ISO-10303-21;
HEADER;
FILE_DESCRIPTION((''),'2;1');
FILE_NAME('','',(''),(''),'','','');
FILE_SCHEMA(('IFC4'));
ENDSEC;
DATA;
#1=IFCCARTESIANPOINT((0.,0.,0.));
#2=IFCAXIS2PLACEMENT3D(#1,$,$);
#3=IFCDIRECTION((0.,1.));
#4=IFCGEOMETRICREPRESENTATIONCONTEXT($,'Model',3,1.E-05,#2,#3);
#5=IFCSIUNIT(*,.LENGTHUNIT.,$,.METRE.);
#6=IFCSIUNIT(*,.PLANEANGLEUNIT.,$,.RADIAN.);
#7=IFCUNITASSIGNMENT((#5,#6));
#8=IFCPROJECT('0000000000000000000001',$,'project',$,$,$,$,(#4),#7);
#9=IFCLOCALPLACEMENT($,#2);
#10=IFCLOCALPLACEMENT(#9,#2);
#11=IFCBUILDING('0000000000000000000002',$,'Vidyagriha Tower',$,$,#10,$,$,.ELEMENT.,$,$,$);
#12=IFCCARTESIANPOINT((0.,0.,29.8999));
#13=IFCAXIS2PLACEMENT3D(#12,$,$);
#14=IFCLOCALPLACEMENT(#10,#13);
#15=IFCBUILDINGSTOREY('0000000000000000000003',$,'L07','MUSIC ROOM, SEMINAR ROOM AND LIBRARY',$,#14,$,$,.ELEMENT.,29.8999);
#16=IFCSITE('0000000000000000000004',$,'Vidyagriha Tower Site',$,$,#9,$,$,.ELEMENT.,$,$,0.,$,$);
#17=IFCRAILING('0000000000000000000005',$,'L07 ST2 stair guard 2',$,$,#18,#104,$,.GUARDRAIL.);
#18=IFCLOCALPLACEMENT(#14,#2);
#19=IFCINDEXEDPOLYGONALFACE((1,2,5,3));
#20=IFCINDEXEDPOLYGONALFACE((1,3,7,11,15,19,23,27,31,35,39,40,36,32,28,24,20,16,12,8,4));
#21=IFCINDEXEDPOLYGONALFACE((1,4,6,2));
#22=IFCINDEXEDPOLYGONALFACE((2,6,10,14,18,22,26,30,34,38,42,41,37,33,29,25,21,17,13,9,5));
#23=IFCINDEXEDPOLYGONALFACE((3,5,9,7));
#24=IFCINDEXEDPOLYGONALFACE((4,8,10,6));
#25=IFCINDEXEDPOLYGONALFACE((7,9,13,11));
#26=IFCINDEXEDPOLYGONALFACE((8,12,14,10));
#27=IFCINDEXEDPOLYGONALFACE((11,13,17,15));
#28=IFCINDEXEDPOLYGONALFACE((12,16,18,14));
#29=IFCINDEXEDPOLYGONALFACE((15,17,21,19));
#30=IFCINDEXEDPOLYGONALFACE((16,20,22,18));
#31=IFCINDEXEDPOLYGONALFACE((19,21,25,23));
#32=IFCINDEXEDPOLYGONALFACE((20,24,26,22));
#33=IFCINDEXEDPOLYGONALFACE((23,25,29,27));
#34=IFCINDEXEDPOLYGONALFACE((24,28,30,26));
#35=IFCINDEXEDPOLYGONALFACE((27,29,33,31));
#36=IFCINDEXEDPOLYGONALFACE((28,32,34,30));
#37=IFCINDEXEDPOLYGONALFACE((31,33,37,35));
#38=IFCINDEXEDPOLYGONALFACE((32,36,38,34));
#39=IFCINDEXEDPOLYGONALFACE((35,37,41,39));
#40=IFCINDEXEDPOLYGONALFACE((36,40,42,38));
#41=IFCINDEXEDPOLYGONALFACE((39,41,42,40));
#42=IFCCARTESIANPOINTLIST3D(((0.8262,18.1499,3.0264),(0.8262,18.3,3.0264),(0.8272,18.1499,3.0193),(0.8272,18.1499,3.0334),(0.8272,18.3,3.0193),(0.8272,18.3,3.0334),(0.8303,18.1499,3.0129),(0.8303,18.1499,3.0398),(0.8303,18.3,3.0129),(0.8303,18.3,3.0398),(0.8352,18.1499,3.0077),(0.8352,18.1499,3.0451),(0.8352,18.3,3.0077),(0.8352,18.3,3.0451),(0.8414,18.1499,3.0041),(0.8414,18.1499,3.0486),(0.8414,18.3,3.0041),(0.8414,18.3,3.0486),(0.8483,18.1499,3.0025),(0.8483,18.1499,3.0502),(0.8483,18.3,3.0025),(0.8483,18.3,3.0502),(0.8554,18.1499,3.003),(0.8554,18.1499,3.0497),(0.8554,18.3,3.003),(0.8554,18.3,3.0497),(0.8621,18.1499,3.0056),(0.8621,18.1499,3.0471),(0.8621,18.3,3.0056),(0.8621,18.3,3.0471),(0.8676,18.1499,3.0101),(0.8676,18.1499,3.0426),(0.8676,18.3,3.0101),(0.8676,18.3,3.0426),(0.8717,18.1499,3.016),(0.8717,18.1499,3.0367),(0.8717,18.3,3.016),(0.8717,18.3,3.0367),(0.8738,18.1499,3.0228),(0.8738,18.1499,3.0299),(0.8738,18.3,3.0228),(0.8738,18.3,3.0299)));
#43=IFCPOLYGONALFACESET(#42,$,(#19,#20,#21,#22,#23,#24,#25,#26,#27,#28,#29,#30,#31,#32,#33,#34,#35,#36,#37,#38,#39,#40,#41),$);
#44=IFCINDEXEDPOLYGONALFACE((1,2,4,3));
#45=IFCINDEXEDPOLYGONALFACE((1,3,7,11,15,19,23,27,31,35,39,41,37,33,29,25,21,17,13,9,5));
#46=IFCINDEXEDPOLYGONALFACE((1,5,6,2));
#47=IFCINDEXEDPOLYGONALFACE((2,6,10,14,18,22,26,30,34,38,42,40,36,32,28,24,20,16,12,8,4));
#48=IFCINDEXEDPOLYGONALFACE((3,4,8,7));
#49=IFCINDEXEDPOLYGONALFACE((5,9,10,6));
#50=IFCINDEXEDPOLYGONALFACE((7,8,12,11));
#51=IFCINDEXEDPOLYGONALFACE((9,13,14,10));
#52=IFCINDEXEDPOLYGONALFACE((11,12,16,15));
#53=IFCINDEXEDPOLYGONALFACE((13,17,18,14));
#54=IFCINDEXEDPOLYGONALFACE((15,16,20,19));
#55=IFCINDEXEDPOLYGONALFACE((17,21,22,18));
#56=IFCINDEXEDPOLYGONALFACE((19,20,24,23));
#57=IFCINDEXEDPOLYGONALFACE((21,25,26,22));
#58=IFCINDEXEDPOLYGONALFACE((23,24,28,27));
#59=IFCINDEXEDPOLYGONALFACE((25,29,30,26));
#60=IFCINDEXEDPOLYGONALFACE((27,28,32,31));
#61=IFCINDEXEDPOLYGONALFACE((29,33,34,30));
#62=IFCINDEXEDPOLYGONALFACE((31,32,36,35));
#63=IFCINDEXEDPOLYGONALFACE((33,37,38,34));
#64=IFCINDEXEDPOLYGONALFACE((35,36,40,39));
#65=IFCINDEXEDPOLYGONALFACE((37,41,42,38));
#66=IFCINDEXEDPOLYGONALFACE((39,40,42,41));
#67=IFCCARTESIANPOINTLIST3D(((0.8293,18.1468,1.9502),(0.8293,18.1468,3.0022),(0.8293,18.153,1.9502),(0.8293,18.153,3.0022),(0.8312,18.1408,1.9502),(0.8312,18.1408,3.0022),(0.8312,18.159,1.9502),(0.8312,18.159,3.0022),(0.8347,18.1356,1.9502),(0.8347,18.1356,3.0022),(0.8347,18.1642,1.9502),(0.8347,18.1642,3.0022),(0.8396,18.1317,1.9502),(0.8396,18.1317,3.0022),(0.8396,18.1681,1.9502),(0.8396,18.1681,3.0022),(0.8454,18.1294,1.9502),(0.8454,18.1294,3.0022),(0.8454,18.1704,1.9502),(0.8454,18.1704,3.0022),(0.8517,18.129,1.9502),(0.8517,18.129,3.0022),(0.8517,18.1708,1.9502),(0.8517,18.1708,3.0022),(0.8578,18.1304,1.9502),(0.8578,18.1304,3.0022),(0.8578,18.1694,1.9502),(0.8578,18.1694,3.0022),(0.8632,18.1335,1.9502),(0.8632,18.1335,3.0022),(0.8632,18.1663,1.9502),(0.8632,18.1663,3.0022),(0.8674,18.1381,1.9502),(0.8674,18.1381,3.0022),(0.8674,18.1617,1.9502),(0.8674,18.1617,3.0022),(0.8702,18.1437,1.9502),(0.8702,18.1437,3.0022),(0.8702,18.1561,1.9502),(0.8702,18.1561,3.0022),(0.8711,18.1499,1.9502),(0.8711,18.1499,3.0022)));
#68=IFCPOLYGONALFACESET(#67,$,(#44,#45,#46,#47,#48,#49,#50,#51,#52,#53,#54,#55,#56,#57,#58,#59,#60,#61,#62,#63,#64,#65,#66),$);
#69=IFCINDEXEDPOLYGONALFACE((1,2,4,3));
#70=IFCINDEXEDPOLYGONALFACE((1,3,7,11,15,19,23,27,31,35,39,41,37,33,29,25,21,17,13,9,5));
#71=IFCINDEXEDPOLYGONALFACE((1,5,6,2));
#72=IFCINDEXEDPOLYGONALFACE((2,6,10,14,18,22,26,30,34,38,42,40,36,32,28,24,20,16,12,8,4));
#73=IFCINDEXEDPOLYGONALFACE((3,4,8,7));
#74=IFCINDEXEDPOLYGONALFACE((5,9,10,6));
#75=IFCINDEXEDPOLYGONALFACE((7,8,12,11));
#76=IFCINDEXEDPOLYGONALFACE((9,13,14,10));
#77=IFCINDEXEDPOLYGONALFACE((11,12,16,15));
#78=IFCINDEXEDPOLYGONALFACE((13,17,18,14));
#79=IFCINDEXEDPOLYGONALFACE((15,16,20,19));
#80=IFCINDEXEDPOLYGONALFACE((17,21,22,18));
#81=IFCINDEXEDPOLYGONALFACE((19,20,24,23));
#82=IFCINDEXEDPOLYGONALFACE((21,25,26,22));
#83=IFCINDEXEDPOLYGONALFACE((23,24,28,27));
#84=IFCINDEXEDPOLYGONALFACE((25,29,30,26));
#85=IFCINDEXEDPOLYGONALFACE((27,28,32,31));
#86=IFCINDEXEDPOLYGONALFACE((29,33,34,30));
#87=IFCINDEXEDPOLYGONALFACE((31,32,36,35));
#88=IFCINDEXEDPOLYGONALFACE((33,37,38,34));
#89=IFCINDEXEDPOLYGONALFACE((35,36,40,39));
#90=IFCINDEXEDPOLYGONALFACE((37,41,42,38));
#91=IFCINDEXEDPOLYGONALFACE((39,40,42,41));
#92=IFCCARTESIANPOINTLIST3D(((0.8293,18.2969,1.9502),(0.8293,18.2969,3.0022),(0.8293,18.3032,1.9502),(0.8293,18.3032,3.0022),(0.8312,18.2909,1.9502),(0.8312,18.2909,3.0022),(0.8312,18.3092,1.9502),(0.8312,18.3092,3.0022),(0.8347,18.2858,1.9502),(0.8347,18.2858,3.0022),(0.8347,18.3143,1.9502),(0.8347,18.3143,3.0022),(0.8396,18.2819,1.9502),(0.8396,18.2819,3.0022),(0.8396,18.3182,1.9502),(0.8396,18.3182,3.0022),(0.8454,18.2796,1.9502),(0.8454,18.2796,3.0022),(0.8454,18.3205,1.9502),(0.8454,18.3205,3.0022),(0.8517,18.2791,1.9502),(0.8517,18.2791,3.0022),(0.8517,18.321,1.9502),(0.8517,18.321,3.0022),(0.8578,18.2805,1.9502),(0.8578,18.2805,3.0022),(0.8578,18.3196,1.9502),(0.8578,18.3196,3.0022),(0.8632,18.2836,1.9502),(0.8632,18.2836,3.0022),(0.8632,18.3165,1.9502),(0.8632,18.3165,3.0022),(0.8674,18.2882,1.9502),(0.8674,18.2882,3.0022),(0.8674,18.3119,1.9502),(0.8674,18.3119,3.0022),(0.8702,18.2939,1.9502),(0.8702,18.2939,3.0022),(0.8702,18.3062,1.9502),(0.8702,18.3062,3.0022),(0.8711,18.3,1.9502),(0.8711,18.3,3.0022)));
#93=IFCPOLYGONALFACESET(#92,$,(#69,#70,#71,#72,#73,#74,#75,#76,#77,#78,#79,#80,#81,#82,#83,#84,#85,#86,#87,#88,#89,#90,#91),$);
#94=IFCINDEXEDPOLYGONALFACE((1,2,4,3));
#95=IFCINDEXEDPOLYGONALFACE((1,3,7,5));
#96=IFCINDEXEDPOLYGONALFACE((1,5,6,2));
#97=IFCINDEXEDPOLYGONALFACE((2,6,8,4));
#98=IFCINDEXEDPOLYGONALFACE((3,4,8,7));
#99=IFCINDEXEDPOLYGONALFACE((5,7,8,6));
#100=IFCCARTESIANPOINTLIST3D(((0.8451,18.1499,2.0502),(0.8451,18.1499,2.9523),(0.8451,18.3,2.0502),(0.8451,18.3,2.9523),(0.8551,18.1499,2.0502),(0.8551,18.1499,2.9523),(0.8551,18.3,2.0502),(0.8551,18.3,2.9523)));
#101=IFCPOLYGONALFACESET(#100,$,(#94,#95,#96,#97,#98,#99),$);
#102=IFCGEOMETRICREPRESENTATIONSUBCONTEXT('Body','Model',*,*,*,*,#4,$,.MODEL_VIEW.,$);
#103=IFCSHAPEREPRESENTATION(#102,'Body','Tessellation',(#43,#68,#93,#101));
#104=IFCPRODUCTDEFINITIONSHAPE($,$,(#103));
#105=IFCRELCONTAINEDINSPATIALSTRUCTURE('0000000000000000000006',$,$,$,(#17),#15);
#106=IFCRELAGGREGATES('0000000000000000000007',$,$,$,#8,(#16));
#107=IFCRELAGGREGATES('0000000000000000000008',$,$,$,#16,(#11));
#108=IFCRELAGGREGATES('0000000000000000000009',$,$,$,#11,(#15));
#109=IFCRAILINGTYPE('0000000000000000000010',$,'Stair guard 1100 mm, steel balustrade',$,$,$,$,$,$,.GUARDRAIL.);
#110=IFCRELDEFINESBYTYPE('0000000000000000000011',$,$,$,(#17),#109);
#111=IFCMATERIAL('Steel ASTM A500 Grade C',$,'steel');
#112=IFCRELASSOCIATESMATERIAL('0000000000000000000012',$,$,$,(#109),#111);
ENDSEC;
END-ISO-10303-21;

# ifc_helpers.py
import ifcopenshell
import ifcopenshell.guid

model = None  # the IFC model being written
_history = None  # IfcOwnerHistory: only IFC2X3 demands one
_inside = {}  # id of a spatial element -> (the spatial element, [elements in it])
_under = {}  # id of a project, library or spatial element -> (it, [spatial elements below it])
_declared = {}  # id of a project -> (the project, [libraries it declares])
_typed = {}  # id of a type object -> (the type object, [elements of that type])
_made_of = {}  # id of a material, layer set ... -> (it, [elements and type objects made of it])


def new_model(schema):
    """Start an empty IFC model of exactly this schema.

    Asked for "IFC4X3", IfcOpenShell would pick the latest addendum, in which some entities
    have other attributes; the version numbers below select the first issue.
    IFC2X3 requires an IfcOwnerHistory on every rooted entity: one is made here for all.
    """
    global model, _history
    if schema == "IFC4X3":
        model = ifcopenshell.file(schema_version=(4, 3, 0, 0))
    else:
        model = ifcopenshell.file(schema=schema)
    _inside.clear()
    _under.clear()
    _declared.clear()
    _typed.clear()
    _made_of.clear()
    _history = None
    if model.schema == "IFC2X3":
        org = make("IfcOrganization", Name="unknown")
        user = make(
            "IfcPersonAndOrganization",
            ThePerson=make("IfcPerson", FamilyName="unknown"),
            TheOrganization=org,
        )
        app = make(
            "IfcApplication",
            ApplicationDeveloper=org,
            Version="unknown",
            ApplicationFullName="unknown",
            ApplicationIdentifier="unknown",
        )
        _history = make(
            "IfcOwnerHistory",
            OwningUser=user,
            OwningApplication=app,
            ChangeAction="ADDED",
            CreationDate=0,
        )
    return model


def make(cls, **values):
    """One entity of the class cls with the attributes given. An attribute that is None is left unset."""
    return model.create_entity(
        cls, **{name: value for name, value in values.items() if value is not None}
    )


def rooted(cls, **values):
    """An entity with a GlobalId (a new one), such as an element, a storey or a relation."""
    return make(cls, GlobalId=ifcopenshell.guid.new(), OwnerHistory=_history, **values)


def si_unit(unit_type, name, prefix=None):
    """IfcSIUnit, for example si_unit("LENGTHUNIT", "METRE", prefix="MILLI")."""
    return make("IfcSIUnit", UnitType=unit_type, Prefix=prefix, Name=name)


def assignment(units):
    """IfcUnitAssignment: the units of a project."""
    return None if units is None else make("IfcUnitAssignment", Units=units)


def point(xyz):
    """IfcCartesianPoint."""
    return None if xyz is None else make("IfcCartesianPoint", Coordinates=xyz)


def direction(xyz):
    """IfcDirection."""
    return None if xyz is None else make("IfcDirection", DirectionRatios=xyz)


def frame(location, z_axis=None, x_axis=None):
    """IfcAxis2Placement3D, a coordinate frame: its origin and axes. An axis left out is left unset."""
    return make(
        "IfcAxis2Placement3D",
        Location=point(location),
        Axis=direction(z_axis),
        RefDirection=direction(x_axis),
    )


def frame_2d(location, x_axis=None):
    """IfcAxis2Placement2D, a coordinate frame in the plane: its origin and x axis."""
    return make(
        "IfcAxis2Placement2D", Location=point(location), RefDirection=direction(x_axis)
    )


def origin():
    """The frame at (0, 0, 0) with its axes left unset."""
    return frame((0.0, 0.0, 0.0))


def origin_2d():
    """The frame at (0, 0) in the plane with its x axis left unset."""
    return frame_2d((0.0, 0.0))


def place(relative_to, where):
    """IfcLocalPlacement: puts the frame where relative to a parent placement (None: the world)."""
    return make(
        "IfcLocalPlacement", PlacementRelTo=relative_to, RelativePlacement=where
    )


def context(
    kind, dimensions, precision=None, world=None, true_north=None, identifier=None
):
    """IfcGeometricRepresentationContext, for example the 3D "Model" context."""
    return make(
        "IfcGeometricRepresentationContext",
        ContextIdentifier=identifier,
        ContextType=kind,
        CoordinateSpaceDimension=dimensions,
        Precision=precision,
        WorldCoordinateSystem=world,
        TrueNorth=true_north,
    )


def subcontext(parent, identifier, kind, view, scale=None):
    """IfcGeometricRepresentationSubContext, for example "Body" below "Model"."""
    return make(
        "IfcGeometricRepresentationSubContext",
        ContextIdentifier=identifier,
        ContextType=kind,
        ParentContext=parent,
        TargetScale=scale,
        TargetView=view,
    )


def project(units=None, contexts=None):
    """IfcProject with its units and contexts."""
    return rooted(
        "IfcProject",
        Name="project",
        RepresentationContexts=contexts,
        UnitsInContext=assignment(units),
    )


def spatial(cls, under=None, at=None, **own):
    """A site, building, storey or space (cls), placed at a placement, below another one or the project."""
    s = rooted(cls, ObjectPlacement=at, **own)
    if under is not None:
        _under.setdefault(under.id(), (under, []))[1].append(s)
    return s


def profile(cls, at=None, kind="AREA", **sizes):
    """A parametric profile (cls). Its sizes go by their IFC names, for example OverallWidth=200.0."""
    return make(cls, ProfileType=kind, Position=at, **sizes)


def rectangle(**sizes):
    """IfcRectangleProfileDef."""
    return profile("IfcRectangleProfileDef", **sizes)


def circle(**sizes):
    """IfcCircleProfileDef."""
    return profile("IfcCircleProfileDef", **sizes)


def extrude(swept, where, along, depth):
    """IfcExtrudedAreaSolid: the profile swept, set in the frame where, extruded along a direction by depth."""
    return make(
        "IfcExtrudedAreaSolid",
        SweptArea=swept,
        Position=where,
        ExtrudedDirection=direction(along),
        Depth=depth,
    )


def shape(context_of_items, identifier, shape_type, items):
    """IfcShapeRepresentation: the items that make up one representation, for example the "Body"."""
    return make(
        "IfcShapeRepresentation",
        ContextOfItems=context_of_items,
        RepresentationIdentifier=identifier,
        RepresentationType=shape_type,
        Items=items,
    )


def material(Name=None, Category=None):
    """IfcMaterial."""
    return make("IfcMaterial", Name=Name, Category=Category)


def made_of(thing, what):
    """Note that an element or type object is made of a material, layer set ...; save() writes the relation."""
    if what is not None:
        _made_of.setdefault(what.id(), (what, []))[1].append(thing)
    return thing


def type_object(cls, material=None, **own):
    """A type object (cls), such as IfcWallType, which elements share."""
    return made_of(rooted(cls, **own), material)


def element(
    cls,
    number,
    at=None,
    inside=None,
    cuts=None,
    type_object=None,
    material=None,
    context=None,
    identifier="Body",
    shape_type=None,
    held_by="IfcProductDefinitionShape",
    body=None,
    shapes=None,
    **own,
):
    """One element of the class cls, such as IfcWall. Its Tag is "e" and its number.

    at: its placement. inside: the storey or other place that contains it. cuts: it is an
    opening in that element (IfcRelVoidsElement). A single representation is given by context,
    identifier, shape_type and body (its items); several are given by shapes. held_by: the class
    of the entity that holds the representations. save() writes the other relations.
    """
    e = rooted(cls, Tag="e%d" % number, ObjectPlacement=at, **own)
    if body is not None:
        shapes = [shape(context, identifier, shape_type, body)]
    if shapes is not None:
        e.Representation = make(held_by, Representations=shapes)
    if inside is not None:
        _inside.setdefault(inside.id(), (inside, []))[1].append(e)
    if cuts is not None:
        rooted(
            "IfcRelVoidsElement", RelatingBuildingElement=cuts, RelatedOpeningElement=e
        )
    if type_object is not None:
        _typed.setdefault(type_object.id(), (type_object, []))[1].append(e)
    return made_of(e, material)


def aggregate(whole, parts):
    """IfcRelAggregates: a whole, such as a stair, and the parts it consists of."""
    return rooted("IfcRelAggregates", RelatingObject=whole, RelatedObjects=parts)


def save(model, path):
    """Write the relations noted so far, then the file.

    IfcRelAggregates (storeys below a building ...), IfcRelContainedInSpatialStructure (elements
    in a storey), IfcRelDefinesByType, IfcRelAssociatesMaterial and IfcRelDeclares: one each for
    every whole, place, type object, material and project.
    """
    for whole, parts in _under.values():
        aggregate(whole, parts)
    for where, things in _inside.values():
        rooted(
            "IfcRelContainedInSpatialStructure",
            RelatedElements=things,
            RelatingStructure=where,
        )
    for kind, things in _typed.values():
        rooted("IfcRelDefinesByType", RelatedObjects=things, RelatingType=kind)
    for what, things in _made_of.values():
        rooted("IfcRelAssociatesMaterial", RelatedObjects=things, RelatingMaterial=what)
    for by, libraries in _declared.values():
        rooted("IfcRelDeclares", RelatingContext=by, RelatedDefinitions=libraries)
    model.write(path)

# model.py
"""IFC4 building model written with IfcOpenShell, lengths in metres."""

from ifc_helpers import new_model, si_unit, direction, frame, origin, origin_2d, place, context, subcontext, project, spatial, rectangle, circle, extrude, material, type_object, element, save


model = new_model("IFC4")

# Units and contexts
model_context = context("Model", 3, precision=1e-05, world=origin(), true_north=direction((0.0, 1.0)))
body_context = subcontext(model_context, "Body", "Model", "MODEL_VIEW")
ifc_project = project(units=[si_unit("LENGTHUNIT", "METRE"), si_unit("PLANEANGLEUNIT", "RADIAN")], contexts=[model_context])

# Site, building, storey
site_placement = place(None, origin())
site = spatial("IfcSite", under=ifc_project, at=site_placement, Name="Vidyagriha Tower Site", CompositionType="ELEMENT", RefElevation=0.0)
building_placement = place(site_placement, origin())
building = spatial("IfcBuilding", under=site, at=building_placement, Name="Vidyagriha Tower", CompositionType="ELEMENT")
storey_placement = place(building_placement, frame((0.0, 0.0, 29.8999)))
storey = spatial("IfcBuildingStorey", under=building, at=storey_placement, Name="L07", Description="MUSIC ROOM, SEMINAR ROOM AND LIBRARY", CompositionType="ELEMENT", Elevation=29.8999)

# Railing
ifc_material_1 = material(Name="Steel ASTM A500 Grade C", Category="steel")
railing_type_1 = type_object("IfcRailingType", Name="Stair guard 1100 mm, steel balustrade", PredefinedType="GUARDRAIL", material=ifc_material_1)
railing_1_placement = place(storey_placement, frame((0.8501, 18.1499, 1.9502)))
element("IfcRailing", 1, at=railing_1_placement, inside=storey, type_object=railing_type_1, Name="L07 ST2 stair guard 2", PredefinedType="GUARDRAIL", context=body_context, shape_type="SweptSolid", body=[
    extrude(circle(Radius=0.0239, at=origin_2d()), frame((0.0, 0.0, 1.0762), z_axis=(0.0, 1.0, 0.0), x_axis=(-1.0, 0.0, 0.0)), (0.0, 0.0, 1.0), 0.1501),
    extrude(circle(Radius=0.021, at=origin_2d()), origin(), (0.0, 0.0, 1.0), 1.052),
    extrude(circle(Radius=0.021, at=origin_2d()), frame((0.0, 0.1501, 0.0)), (0.0, 0.0, 1.0), 1.052),
    extrude(rectangle(XDim=0.01, YDim=0.9021, at=origin_2d()), frame((0.0, 0.0, 0.551), z_axis=(0.0, 1.0, 0.0), x_axis=(-1.0, 0.0, 0.0)), (0.0, 0.0, 1.0), 0.1501),
])

save(model, "model.ifc")
